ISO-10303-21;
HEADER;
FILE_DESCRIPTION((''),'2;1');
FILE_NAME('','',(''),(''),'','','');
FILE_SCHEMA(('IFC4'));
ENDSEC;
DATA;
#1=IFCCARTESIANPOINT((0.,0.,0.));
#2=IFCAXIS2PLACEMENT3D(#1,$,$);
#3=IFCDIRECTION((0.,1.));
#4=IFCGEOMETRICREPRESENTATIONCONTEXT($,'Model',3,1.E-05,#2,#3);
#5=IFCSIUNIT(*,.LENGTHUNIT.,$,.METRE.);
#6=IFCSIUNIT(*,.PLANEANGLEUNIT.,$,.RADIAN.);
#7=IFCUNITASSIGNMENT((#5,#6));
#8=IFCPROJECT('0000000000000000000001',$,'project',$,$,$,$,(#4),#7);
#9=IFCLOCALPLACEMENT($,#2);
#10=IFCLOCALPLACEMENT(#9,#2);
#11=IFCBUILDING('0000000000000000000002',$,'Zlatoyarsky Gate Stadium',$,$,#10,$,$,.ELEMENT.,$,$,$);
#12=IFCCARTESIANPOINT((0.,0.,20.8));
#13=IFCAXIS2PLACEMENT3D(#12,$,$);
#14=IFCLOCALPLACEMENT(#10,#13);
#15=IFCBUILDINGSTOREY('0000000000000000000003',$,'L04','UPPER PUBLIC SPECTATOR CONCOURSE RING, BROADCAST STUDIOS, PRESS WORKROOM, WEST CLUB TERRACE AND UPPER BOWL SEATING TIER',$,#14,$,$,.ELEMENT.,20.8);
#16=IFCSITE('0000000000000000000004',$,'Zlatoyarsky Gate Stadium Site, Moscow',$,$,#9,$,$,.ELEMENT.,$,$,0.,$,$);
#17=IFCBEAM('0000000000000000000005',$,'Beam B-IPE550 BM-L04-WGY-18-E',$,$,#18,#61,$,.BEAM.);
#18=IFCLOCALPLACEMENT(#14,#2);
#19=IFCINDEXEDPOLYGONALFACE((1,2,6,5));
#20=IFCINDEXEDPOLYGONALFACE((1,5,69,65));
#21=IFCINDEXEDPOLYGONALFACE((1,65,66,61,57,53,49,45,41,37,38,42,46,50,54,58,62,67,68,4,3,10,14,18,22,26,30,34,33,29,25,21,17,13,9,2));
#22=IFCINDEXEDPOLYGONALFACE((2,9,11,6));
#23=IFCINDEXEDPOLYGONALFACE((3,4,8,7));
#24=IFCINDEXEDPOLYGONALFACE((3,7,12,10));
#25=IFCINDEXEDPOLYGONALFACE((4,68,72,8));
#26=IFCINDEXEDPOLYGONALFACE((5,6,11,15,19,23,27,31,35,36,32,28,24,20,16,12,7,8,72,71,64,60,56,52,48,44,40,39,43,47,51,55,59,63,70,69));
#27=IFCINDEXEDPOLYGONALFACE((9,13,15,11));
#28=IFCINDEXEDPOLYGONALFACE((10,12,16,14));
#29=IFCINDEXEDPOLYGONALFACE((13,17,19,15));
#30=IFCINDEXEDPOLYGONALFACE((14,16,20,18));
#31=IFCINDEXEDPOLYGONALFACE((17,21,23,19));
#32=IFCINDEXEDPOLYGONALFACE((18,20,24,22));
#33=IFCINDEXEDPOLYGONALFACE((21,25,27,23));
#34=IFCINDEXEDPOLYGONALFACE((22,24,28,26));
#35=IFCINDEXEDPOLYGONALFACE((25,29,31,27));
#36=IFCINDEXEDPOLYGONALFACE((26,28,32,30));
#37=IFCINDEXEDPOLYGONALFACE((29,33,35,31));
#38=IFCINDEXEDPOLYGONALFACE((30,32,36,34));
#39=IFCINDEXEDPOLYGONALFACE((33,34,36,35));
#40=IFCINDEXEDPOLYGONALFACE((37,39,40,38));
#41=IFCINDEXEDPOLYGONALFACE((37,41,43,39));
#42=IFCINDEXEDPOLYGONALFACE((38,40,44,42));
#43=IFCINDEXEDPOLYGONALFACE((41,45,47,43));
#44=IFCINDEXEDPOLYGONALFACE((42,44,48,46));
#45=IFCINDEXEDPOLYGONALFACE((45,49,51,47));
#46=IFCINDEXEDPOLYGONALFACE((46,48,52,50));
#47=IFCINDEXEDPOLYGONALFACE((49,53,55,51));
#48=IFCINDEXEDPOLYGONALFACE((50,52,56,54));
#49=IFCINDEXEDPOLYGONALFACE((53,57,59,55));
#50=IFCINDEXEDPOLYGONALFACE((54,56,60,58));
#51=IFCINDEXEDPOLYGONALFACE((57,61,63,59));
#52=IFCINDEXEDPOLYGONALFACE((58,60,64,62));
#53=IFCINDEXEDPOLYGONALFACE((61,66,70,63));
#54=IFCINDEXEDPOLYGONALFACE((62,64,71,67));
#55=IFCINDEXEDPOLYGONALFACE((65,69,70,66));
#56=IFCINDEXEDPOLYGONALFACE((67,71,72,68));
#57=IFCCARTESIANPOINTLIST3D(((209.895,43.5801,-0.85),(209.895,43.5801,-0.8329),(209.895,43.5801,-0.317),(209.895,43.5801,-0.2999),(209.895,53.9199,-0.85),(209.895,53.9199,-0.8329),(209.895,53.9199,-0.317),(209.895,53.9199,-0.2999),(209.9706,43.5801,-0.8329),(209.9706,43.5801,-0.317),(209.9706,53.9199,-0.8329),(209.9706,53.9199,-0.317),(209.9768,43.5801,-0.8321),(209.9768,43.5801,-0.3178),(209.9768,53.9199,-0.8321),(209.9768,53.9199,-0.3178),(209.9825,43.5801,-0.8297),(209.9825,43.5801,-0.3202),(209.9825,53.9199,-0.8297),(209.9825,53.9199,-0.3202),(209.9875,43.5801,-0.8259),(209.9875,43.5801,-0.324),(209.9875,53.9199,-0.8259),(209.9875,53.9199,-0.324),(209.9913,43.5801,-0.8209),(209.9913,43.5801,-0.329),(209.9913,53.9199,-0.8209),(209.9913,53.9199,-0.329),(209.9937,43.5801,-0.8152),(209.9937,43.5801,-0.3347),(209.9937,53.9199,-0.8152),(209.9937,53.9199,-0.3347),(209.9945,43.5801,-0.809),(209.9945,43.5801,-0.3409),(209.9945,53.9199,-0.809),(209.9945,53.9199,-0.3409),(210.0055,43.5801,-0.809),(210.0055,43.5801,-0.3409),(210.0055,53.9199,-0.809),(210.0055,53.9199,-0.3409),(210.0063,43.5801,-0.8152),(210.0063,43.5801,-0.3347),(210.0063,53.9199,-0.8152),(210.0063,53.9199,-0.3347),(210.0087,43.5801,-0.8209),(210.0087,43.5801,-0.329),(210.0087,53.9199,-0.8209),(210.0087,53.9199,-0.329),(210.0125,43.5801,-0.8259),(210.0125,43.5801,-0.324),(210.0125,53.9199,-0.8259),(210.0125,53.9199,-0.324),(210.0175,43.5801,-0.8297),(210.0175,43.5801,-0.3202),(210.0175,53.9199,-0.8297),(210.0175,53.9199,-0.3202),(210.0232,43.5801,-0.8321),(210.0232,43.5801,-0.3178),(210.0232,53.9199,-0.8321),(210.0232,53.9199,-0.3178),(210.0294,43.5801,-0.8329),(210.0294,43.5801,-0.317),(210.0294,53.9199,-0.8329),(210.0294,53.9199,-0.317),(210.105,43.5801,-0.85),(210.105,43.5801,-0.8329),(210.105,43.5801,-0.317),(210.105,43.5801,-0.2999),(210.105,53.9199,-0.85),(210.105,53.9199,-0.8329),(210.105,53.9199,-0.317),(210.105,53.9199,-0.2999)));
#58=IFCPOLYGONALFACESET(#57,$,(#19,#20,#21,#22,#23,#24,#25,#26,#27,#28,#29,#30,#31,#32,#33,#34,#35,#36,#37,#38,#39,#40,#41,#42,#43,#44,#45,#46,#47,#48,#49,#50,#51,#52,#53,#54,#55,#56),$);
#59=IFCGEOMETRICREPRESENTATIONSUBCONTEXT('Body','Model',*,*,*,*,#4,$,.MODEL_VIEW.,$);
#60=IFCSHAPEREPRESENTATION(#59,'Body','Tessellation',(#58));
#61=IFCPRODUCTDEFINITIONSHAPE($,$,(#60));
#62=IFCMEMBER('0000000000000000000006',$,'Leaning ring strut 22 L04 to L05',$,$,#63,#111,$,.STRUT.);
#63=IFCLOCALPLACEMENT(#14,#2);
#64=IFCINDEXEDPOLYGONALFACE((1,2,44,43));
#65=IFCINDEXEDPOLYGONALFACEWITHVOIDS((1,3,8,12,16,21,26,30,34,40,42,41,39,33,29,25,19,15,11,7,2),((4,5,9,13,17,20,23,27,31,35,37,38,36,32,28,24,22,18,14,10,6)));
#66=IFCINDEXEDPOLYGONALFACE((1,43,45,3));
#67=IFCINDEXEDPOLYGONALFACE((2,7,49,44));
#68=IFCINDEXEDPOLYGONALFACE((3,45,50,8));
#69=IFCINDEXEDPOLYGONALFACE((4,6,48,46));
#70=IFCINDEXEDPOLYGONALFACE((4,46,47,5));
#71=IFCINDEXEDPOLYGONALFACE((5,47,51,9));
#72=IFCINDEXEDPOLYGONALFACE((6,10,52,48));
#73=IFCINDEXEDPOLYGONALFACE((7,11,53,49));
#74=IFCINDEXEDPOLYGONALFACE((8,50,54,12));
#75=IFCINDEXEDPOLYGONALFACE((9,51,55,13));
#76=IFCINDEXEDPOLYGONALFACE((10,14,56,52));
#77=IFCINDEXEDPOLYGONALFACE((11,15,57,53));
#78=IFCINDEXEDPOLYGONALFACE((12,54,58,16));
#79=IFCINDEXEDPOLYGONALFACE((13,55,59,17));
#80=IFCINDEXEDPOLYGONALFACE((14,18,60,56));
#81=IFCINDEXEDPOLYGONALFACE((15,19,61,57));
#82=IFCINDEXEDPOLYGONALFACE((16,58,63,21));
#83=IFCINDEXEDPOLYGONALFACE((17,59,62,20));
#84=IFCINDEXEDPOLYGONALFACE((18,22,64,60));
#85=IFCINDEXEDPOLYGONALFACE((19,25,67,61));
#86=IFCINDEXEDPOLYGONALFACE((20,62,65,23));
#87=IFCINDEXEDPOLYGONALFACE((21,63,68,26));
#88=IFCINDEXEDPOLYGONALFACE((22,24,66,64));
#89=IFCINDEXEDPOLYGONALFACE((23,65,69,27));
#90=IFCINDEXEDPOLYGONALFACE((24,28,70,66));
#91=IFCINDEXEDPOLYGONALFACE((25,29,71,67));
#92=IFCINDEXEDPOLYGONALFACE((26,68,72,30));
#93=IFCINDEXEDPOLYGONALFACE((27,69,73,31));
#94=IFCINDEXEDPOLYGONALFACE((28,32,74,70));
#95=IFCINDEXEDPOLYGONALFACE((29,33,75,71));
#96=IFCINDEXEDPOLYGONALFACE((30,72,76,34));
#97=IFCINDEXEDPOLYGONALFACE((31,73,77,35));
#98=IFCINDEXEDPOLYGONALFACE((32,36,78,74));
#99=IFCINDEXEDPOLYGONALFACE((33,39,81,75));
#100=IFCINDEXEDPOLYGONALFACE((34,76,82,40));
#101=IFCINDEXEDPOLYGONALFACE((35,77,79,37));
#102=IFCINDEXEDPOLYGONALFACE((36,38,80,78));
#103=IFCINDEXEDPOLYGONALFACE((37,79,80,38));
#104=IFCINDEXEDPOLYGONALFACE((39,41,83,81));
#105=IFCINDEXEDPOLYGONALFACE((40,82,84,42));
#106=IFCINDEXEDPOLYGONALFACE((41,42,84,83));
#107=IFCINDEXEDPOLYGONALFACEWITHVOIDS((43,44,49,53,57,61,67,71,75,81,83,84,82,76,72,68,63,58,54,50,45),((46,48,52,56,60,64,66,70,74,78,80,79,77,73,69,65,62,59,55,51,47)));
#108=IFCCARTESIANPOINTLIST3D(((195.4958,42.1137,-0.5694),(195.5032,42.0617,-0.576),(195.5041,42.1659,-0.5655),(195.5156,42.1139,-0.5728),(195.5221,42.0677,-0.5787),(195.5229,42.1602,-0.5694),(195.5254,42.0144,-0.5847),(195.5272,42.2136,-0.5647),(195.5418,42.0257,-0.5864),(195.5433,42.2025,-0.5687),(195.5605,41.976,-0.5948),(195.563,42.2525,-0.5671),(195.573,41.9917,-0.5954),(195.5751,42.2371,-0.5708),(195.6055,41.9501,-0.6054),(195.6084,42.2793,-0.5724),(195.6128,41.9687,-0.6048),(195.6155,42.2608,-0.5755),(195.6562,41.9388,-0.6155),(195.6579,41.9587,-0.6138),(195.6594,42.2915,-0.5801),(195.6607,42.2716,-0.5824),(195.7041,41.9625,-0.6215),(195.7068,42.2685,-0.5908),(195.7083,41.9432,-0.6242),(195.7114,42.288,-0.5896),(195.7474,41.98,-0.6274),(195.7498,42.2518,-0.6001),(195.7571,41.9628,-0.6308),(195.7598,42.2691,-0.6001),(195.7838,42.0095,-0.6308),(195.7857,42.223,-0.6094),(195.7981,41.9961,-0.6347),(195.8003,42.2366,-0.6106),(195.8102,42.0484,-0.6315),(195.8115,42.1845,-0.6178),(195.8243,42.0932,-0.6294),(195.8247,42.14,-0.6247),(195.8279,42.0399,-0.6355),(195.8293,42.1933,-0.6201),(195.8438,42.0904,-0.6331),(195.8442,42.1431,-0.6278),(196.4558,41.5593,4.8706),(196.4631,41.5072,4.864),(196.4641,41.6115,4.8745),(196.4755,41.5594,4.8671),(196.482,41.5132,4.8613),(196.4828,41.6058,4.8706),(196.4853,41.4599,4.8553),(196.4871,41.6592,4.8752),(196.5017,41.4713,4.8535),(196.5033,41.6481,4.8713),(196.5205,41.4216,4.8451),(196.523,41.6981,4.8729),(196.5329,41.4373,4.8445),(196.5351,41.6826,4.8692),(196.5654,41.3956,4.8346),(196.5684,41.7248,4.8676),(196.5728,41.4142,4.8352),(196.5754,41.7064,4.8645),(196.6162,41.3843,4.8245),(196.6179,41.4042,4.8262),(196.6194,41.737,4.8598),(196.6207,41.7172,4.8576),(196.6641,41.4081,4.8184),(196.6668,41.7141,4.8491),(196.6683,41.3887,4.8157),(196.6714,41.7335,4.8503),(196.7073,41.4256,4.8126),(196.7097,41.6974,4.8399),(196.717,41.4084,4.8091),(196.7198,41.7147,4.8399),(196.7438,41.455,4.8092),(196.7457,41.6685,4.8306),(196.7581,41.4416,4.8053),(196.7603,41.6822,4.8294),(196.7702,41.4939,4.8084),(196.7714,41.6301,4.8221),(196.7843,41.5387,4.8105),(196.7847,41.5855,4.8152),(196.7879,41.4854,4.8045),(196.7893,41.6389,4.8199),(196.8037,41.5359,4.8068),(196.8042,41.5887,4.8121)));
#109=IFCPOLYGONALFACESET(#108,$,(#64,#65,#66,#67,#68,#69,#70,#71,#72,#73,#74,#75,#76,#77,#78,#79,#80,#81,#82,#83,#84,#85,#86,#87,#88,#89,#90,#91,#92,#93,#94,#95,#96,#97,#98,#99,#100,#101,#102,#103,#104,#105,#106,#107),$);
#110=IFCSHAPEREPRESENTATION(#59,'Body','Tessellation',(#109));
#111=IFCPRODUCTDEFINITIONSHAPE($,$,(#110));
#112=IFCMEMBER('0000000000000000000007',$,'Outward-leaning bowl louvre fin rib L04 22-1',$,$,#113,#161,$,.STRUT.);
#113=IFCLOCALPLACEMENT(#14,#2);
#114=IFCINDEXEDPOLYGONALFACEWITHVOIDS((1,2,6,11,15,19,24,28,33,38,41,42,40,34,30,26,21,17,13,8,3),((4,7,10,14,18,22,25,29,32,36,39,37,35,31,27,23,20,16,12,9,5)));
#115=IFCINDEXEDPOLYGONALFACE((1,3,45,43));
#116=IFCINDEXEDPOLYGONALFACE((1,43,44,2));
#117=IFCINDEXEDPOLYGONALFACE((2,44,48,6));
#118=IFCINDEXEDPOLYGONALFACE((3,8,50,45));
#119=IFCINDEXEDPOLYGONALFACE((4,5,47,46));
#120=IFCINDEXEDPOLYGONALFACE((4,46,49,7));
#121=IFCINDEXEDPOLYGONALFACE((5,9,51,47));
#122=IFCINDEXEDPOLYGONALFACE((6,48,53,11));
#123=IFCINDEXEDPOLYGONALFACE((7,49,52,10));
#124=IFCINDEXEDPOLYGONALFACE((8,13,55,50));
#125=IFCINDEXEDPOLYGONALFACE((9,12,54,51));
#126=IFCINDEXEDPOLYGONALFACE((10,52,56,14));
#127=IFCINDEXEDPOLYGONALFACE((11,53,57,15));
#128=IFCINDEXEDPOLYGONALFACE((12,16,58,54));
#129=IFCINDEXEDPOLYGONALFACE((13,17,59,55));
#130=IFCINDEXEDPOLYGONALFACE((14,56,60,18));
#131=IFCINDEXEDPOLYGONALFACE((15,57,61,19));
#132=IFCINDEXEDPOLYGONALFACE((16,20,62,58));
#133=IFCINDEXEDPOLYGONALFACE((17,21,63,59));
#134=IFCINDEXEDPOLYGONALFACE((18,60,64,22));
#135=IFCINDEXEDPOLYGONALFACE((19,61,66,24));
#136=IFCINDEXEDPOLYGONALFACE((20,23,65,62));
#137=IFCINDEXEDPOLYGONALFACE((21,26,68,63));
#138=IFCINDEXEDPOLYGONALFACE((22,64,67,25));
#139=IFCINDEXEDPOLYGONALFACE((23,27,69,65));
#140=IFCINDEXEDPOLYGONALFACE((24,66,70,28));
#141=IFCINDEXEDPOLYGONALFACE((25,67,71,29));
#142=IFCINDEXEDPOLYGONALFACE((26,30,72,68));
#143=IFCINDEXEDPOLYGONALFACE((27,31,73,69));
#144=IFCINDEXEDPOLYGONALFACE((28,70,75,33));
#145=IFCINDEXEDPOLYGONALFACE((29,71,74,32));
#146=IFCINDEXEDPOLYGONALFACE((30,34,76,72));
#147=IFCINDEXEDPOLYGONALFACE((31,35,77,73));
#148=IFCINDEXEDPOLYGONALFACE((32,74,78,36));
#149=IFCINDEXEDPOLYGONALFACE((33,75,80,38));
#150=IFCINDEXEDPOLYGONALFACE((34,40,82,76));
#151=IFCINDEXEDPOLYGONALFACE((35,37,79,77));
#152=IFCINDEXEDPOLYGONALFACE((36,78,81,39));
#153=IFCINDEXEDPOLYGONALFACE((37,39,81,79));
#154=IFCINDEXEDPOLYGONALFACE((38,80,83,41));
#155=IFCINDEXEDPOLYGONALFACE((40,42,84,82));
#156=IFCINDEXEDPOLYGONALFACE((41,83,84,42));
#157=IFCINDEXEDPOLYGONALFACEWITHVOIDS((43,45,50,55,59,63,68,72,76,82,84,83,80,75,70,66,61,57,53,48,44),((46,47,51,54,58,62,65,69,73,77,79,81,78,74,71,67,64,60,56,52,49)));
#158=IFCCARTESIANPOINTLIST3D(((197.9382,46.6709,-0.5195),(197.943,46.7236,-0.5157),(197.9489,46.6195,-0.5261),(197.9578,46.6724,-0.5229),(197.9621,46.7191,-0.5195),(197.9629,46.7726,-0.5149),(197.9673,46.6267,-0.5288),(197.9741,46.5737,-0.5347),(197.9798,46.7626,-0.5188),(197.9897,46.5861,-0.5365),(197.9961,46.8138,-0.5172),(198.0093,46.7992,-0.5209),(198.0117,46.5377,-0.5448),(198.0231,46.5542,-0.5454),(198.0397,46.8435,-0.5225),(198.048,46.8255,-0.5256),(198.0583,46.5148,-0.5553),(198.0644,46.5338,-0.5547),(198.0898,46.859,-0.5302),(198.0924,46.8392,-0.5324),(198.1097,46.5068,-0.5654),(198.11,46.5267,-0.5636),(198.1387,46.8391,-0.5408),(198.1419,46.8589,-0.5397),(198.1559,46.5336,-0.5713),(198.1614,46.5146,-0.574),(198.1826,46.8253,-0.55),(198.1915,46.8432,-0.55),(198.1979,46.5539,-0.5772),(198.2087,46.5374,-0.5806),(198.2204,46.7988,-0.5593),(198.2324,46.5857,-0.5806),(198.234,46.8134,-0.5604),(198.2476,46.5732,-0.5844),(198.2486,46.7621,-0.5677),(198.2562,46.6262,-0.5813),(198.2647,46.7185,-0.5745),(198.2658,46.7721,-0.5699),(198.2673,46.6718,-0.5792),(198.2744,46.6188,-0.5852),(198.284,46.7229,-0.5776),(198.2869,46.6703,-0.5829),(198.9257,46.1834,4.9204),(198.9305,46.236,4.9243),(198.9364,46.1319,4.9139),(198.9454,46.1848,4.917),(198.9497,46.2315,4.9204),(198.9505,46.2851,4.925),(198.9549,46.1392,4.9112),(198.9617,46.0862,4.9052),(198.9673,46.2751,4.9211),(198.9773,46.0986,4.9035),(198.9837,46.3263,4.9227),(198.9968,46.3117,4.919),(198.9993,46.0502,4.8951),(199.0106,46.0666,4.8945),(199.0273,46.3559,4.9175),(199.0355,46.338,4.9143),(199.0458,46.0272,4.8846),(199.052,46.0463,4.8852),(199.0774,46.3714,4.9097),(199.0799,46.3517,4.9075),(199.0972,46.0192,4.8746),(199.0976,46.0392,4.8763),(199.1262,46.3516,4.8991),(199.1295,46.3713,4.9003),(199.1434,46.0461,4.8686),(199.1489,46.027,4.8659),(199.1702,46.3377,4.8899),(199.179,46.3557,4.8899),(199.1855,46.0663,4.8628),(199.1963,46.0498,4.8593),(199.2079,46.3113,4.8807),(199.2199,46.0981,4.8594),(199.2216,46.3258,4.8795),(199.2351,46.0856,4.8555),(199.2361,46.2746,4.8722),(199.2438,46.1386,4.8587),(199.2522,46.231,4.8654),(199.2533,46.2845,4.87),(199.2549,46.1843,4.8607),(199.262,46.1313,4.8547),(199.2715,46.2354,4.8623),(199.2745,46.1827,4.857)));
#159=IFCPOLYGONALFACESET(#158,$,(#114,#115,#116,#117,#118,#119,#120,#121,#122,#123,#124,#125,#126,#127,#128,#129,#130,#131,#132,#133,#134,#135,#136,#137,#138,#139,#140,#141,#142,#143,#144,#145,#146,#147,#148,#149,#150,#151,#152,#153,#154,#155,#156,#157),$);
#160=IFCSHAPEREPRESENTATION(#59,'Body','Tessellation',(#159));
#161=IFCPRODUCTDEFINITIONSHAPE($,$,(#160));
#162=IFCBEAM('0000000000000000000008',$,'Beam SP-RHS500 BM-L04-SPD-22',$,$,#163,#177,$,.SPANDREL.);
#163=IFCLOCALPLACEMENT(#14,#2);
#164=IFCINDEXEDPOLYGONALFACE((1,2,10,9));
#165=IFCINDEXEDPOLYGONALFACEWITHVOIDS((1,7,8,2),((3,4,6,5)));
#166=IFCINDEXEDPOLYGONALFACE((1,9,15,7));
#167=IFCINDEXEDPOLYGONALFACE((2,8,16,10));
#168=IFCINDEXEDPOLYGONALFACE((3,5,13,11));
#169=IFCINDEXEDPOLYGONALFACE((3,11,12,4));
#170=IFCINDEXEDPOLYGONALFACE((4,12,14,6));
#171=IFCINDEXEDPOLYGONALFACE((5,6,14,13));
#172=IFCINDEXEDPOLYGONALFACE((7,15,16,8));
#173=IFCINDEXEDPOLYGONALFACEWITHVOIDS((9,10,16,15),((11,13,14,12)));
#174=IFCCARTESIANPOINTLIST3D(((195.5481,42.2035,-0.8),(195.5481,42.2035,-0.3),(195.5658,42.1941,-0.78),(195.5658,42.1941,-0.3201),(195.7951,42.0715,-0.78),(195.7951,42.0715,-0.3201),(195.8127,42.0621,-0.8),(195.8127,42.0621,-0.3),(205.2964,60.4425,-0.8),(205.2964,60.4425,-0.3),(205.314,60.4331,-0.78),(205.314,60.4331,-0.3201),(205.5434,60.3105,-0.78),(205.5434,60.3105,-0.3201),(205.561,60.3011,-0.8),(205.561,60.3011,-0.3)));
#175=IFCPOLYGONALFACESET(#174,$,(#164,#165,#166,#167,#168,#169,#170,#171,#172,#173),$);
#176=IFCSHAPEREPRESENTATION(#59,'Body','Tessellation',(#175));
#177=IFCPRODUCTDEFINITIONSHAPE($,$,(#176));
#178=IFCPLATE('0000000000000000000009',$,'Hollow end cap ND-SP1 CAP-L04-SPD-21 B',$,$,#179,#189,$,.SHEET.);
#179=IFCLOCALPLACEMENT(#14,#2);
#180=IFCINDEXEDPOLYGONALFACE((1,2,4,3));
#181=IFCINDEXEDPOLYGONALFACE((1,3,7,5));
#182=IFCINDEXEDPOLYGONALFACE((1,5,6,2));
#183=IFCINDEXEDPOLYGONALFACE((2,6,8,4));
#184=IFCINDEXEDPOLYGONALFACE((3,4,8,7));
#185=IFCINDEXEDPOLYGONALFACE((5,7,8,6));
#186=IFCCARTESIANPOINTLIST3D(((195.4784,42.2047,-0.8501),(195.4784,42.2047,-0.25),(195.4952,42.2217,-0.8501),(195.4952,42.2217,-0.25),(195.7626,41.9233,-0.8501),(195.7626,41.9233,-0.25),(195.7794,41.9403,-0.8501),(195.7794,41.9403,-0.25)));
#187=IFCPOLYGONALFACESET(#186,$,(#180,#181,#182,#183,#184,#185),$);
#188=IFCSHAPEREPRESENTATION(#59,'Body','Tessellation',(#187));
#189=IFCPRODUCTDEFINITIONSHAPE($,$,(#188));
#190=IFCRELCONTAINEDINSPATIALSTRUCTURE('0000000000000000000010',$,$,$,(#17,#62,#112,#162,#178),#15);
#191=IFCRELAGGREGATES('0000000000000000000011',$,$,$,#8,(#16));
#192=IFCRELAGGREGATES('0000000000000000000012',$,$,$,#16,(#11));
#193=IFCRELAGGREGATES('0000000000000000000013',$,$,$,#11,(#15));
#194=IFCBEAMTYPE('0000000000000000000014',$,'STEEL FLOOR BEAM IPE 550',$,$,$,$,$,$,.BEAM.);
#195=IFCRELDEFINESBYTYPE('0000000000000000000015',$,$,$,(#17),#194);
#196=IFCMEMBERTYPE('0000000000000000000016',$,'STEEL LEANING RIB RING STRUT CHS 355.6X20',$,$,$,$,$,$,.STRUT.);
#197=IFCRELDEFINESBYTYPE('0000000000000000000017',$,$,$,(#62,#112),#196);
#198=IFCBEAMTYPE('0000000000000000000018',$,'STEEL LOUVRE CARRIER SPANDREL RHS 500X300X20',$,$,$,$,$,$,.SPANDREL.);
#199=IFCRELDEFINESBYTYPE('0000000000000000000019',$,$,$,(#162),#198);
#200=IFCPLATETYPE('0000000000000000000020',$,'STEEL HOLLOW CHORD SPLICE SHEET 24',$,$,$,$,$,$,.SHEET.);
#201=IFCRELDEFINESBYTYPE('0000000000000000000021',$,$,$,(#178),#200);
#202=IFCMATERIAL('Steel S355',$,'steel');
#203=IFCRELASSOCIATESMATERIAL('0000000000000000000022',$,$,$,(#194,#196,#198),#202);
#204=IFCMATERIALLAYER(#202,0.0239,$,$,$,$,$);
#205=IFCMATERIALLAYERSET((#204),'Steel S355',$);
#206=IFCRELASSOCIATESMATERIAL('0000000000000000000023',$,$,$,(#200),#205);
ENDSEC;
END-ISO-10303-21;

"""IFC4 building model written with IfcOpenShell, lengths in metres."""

from ifc_helpers import new_model, si_unit, direction, frame, origin, origin_2d, place, context, subcontext, project, spatial, rectangle, hollow_rectangle, hollow_circle, i_section, extrude, material, layer, layer_set, material_profile, profile_set, type_object, element, save


model = new_model("IFC4")

# Units and contexts
model_context = context("Model", 3, precision=1e-05, world=origin(), true_north=direction((0.0, 1.0)))
body_context = subcontext(model_context, "Body", "Model", "MODEL_VIEW")
ifc_project = project(units=[si_unit("LENGTHUNIT", "METRE"), si_unit("PLANEANGLEUNIT", "RADIAN")], contexts=[model_context])

# Site, building, storey
site_placement = place(None, origin())
site = spatial("IfcSite", under=ifc_project, at=site_placement, Name="Zlatoyarsky Gate Stadium Site, Moscow", CompositionType="ELEMENT", RefElevation=0.0)
building_placement = place(site_placement, origin())
building = spatial("IfcBuilding", under=site, at=building_placement, Name="Zlatoyarsky Gate Stadium", CompositionType="ELEMENT")
storey_placement = place(building_placement, frame((0.0, 0.0, 20.8)))
storey = spatial("IfcBuildingStorey", under=building, at=storey_placement, Name="L04", Description="UPPER PUBLIC SPECTATOR CONCOURSE RING, BROADCAST STUDIOS, PRESS WORKROOM, WEST CLUB TERRACE AND UPPER BOWL SEATING TIER", CompositionType="ELEMENT", Elevation=20.8)

# Beam
ifc_material_1 = material(Name="Steel S355", Category="steel")
ifc_material_profile_1 = material_profile(ifc_material_1, i_section(OverallWidth=0.21, OverallDepth=0.55, WebThickness=0.011, FlangeThickness=0.0171, FilletRadius=0.0239, at=origin_2d()), Name="IPE 550")
ifc_profile_set_1 = profile_set([ifc_material_profile_1], Name="Steel S355")
beam_type_1 = type_object("IfcBeamType", Name="STEEL FLOOR BEAM IPE 550", PredefinedType="BEAM", material=ifc_profile_set_1)
beam_1_placement = place(storey_placement, frame((210.0, 43.5801, -0.575), z_axis=(0.0, 1.0, 0.0), x_axis=(-1.0, 0.0, 0.0)))
element("IfcBeam", 1, at=beam_1_placement, inside=storey, type_object=beam_type_1, Name="Beam B-IPE550 BM-L04-WGY-18-E", PredefinedType="BEAM", context=body_context, shape_type="SweptSolid", body=[
    extrude(i_section(OverallWidth=0.21, OverallDepth=0.55, WebThickness=0.011, FlangeThickness=0.0171, FilletRadius=0.0239, at=origin_2d()), origin(), (0.0, 0.0, 1.0), 10.3398),
])

# Members
ifc_material_profile_2 = material_profile(ifc_material_1, hollow_circle(Radius=0.1777, WallThickness=0.02, at=origin_2d()), Name="CHS 355.6X20")
ifc_profile_set_2 = profile_set([ifc_material_profile_2], Name="Steel S355")
member_type_1 = type_object("IfcMemberType", Name="STEEL LEANING RIB RING STRUT CHS 355.6X20", PredefinedType="STRUT", material=ifc_profile_set_2)
member_1_placement = place(storey_placement, frame((195.6709, 42.1152, -0.6001), z_axis=(0.172912, -0.099868, 0.979861), x_axis=(0.500142, 0.865944, 0.0)))
element("IfcMember", 2, at=member_1_placement, inside=storey, type_object=member_type_1, Name="Leaning ring strut 22 L04 to L05", PredefinedType="STRUT", context=body_context, shape_type="SweptSolid", body=[
    extrude(hollow_circle(Radius=0.1777, WallThickness=0.02, at=origin_2d()), origin(), (0.0, 0.0, 1.0), 5.5518),
])
member_2_placement = place(storey_placement, frame((198.1128, 46.6838, -0.55), z_axis=(0.177927, -0.087842, 0.980115), x_axis=(0.442686, 0.896677, 0.0)))
element("IfcMember", 3, at=member_2_placement, inside=storey, type_object=member_type_1, Name="Outward-leaning bowl louvre fin rib L04 22-1", PredefinedType="STRUT", context=body_context, shape_type="SweptSolid", body=[
    extrude(hollow_circle(Radius=0.1777, WallThickness=0.02, at=origin_2d()), origin(), (0.0, 0.0, 1.0), 5.5503),
])

# Beam
ifc_material_profile_3 = material_profile(ifc_material_1, hollow_rectangle(XDim=0.3, YDim=0.5, WallThickness=0.02, at=origin_2d()), Name="RHS 500X300X20")
ifc_profile_set_3 = profile_set([ifc_material_profile_3], Name="Steel S355")
beam_type_2 = type_object("IfcBeamType", Name="STEEL LOUVRE CARRIER SPANDREL RHS 500X300X20", PredefinedType="SPANDREL", material=ifc_profile_set_3)
beam_2_placement = place(storey_placement, frame((195.6804, 42.1328, -0.55), z_axis=(0.471372, 0.881935, 0.0), x_axis=(-0.881935, 0.471372, 0.0)))
element("IfcBeam", 4, at=beam_2_placement, inside=storey, type_object=beam_type_2, Name="Beam SP-RHS500 BM-L04-SPD-22", PredefinedType="SPANDREL", context=body_context, shape_type="SweptSolid", body=[
    extrude(hollow_rectangle(XDim=0.3, YDim=0.5, WallThickness=0.02, at=origin_2d()), origin(), (0.0, 0.0, 1.0), 20.6807),
])

# Plate
ifc_layer_1 = layer(ifc_material_1, 0.0239)
ifc_layer_set_1 = layer_set([ifc_layer_1], Name="Steel S355")
plate_type_1 = type_object("IfcPlateType", Name="STEEL HOLLOW CHORD SPLICE SHEET 24", PredefinedType="SHEET", material=ifc_layer_set_1)
for number, where, z_axis, x_axis, name in (
    (5, (195.6289, 42.0725, -0.8501), (0.0, 0.0, 1.0), (0.703591, 0.710605, 0.0), "Hollow end cap ND-SP1 CAP-L04-SPD-21 B"),
):
    element("IfcPlate", number, at=place(storey_placement, frame(where, z_axis=z_axis, x_axis=x_axis)), inside=storey, type_object=plate_type_1, Name=name, PredefinedType="SHEET", context=body_context, shape_type="SweptSolid", body=[
        extrude(rectangle(XDim=0.0239, YDim=0.3999, at=origin_2d()), origin(), (0.0, 0.0, 1.0), 0.6001),
    ])

save(model, "model.ifc")
